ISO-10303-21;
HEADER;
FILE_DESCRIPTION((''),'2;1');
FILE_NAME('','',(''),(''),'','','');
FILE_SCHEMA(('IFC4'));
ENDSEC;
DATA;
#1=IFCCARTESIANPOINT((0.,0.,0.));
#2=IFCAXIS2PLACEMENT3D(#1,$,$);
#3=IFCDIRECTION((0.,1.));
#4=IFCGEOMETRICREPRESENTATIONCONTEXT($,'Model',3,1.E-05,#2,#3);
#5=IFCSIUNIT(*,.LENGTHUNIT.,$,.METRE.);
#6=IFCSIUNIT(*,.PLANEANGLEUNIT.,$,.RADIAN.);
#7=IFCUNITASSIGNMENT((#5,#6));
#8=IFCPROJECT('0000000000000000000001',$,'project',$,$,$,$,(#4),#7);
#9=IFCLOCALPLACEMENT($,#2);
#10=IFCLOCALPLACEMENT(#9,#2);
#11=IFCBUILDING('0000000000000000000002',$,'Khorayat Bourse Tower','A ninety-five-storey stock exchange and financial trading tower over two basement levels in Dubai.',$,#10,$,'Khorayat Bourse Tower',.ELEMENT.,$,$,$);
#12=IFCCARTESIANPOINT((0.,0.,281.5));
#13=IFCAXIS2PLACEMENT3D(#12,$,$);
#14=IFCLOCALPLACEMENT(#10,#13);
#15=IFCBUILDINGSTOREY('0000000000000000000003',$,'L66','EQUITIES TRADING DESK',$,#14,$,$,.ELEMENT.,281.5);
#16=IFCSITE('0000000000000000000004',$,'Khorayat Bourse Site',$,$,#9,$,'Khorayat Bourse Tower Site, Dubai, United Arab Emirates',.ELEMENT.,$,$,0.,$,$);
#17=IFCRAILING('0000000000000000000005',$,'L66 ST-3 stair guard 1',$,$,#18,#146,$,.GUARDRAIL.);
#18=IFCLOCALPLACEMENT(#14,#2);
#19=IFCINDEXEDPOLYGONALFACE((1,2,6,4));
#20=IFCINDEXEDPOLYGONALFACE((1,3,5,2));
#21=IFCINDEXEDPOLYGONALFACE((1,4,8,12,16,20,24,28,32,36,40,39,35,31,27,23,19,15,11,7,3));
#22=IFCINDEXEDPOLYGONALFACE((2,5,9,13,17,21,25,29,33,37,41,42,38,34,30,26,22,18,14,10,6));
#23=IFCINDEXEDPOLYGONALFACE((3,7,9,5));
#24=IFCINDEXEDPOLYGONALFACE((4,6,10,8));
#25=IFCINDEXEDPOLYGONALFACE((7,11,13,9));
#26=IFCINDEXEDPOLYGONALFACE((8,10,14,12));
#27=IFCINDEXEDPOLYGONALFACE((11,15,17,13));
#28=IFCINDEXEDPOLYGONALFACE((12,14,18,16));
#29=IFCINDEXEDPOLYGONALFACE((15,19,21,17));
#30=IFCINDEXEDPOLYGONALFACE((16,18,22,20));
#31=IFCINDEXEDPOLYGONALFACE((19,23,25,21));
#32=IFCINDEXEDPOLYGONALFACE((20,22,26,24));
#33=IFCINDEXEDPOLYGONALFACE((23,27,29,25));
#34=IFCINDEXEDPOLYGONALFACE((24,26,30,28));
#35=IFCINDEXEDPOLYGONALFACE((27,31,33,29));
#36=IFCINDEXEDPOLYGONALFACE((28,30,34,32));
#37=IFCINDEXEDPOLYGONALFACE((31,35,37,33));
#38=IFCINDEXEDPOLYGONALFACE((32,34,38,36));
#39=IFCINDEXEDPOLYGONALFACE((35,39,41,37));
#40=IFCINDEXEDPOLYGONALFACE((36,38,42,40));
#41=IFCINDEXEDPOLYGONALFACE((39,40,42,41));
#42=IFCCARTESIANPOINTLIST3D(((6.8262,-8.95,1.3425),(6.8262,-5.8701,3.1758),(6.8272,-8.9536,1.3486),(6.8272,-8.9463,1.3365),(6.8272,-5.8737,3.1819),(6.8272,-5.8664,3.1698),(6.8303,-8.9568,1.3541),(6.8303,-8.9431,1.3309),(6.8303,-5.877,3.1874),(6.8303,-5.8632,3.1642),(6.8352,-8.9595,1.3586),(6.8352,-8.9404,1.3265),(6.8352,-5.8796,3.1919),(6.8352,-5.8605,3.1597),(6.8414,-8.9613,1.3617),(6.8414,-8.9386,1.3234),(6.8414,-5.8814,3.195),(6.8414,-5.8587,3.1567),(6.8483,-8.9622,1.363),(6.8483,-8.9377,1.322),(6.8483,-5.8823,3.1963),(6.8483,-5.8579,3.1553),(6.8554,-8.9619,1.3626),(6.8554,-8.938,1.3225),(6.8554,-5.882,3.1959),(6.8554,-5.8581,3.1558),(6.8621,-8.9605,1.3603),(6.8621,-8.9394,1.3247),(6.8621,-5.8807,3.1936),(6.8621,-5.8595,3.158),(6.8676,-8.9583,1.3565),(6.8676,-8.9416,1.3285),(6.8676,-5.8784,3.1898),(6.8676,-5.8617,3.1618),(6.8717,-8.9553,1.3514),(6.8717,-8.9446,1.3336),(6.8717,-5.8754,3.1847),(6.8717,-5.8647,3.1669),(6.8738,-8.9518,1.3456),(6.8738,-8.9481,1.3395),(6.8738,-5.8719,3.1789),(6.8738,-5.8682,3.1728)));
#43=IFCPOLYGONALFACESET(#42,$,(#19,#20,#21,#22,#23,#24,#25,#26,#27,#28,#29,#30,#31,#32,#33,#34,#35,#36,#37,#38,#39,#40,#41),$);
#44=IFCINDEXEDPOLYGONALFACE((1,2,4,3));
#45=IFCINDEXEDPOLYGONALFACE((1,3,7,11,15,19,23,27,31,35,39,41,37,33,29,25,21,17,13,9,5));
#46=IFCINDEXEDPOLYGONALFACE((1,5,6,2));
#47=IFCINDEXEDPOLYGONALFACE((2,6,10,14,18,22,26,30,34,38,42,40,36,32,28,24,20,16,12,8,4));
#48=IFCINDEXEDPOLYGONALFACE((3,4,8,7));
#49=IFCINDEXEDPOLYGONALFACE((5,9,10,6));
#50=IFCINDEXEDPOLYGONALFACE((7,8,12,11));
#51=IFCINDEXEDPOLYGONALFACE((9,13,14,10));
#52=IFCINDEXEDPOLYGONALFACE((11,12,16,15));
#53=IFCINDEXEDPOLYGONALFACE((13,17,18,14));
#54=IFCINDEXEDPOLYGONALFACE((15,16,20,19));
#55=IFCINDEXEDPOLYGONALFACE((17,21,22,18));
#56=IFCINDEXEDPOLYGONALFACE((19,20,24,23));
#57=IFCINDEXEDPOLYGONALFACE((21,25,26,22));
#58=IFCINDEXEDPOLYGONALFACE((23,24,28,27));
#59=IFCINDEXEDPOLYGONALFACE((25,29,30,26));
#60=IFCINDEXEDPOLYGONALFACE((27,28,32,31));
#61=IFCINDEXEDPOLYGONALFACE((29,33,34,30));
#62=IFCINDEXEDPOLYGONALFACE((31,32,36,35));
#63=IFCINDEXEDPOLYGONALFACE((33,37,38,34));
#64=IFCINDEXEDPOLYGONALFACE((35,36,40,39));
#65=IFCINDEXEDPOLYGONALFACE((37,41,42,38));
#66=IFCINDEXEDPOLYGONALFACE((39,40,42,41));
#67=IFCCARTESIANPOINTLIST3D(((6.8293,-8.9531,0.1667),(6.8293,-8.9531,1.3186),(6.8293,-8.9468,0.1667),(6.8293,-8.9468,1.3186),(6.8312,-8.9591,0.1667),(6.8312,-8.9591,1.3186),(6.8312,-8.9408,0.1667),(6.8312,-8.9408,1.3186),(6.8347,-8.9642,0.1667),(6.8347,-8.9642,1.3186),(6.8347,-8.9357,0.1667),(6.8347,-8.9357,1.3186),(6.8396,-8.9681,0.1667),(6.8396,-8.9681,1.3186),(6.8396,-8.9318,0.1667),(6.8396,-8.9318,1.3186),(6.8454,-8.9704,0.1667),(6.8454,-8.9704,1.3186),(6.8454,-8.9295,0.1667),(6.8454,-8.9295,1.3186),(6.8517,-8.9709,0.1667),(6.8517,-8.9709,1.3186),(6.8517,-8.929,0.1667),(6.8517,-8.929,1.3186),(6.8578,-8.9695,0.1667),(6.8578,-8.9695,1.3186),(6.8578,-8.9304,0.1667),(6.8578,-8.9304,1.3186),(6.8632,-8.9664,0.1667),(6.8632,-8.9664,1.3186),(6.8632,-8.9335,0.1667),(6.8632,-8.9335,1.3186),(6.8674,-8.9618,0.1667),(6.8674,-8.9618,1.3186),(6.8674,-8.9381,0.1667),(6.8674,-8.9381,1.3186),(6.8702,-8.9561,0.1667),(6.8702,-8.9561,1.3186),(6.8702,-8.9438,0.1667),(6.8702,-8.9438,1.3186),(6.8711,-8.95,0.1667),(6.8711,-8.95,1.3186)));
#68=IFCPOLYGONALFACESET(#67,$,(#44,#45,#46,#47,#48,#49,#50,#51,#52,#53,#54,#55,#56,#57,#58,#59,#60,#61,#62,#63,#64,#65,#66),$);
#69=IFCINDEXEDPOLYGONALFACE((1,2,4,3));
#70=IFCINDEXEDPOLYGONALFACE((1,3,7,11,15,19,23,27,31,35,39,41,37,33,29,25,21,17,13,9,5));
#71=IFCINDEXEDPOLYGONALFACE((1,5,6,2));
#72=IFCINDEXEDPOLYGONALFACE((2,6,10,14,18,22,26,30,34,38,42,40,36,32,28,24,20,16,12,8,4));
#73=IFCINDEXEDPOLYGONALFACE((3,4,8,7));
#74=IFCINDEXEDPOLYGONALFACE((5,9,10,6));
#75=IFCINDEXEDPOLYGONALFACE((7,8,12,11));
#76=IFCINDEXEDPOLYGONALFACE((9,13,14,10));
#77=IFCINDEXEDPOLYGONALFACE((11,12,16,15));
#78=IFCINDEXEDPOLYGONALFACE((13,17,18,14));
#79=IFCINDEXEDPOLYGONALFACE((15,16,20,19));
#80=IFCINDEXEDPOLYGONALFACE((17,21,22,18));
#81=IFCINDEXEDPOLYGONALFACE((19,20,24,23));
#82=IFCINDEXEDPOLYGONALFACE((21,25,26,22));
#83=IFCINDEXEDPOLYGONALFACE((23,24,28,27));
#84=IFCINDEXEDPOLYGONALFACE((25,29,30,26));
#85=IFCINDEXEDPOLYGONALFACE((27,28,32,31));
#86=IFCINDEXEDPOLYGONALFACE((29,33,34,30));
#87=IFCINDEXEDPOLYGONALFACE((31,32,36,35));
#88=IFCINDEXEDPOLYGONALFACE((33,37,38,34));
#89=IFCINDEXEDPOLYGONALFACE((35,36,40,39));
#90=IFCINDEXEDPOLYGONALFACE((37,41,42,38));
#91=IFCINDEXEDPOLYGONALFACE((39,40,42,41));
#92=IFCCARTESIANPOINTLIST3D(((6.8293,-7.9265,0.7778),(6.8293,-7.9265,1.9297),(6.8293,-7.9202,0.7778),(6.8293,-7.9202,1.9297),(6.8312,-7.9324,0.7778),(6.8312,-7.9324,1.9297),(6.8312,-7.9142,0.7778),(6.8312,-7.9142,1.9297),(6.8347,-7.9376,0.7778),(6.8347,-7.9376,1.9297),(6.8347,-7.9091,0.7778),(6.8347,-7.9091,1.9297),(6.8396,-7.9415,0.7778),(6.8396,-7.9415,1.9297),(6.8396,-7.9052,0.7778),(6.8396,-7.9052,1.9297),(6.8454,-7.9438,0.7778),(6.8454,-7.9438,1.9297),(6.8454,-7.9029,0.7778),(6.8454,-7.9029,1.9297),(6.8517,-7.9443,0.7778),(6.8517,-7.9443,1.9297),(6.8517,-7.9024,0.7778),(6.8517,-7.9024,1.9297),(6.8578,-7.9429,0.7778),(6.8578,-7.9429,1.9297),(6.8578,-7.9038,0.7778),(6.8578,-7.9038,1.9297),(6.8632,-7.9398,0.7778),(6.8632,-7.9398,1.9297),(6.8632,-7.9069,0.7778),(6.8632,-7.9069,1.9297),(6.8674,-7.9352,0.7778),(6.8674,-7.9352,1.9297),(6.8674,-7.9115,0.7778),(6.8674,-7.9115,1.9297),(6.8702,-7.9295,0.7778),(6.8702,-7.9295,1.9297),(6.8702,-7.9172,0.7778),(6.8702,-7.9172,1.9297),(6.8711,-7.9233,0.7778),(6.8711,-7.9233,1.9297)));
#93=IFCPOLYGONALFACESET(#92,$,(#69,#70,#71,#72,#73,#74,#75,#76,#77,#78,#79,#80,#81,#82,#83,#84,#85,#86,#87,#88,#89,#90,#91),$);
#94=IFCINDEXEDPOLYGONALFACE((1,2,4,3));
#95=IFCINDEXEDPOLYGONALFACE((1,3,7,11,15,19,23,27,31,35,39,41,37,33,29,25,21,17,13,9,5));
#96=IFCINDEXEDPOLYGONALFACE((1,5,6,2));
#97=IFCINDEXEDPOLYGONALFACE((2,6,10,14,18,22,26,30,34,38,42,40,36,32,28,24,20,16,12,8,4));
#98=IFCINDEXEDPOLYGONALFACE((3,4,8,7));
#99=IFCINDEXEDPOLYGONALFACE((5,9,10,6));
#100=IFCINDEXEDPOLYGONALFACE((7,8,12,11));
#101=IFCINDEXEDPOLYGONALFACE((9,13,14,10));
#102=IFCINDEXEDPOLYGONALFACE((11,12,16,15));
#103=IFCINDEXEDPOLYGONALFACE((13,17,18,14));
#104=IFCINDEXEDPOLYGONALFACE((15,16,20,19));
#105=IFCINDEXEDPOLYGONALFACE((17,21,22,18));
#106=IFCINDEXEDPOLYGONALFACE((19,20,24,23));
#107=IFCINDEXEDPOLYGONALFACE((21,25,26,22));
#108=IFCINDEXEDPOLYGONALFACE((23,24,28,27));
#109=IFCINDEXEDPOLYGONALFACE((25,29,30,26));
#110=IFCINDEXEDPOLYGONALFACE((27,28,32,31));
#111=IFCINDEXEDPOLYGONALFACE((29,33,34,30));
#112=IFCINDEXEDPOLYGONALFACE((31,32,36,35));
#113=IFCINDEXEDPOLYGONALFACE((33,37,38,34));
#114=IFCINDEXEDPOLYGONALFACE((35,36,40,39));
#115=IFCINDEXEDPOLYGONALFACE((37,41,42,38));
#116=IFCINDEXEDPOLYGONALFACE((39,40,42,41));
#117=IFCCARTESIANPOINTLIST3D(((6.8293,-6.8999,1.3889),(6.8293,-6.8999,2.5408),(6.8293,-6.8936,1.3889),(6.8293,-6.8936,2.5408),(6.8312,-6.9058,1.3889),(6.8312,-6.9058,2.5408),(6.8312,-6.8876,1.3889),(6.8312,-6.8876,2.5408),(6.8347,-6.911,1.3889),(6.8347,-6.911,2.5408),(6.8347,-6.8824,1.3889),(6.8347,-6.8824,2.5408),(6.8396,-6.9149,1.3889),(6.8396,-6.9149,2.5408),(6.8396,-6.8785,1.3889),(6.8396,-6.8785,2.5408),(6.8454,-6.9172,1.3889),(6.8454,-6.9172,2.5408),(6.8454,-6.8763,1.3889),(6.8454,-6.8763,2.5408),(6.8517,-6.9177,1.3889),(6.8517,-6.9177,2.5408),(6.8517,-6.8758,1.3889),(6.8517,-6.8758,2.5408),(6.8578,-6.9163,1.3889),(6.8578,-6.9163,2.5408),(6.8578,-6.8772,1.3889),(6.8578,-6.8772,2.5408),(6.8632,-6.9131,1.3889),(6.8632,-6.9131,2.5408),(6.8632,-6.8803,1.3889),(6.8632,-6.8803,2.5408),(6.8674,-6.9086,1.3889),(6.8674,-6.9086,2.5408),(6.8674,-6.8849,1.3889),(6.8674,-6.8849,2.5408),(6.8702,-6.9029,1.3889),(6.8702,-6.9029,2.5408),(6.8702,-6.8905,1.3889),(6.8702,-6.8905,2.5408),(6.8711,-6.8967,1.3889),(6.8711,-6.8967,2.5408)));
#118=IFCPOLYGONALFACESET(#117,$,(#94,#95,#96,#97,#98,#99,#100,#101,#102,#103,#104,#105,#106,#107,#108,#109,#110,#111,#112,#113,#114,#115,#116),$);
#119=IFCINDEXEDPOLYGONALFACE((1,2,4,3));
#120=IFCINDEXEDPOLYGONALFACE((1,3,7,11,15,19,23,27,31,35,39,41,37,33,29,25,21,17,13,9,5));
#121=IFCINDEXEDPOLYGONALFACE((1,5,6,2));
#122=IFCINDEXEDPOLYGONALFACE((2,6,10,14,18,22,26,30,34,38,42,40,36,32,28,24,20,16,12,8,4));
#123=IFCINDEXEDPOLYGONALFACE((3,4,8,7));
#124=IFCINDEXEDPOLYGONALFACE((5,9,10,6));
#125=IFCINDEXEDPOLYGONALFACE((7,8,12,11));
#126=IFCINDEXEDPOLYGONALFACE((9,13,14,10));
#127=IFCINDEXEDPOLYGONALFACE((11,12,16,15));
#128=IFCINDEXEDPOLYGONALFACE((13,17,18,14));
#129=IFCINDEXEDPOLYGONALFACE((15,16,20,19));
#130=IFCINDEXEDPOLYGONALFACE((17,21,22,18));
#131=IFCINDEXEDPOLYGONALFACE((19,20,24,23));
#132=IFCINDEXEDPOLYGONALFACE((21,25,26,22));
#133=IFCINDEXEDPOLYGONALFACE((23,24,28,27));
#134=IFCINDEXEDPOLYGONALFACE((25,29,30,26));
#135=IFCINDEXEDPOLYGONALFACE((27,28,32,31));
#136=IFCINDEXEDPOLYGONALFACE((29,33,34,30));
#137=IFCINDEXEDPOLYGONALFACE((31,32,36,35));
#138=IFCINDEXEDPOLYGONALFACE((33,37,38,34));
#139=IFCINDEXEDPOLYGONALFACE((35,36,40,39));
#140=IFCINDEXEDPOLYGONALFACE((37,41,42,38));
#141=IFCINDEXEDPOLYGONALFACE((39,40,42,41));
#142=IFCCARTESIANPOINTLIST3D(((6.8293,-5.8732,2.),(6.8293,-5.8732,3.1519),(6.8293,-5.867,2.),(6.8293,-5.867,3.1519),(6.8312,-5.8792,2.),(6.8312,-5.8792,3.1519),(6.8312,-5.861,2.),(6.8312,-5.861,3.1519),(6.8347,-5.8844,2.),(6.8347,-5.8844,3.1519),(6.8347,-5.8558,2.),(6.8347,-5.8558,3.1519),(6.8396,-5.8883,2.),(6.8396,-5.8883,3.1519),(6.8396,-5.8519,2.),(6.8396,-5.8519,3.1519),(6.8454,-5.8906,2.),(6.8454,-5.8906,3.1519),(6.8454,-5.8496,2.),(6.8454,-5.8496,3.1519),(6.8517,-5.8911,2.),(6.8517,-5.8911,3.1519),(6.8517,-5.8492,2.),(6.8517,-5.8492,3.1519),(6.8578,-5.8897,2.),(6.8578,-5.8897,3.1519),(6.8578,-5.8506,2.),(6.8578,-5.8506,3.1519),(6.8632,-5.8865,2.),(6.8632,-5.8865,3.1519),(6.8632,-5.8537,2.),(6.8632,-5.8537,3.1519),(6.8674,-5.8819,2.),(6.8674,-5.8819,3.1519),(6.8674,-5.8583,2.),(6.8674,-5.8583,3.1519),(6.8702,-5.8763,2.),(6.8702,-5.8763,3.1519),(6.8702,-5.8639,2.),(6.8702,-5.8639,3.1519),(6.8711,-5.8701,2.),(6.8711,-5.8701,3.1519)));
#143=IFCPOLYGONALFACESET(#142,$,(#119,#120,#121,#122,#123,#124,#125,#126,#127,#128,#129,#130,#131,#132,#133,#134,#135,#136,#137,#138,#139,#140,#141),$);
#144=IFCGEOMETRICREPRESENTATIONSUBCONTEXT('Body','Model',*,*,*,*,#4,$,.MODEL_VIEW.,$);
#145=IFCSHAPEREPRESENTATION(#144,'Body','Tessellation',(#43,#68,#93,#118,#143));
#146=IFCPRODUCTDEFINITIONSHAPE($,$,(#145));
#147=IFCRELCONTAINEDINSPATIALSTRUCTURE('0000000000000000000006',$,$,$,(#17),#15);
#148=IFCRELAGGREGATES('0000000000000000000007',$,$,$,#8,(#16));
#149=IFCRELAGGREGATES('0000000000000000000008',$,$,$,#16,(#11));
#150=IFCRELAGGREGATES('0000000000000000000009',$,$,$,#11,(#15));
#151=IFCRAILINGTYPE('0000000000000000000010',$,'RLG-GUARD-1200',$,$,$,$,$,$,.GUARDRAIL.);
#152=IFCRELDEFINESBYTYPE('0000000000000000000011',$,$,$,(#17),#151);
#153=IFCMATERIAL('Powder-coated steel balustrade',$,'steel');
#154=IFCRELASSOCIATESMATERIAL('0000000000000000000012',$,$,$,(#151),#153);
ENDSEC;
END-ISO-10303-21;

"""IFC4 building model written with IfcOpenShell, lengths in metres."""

from ifc_helpers import new_model, si_unit, direction, frame, origin, origin_2d, place, context, subcontext, project, spatial, circle, extrude, source, transform, mapped, material, type_object, element, save


model = new_model("IFC4")

# Units and contexts
model_context = context("Model", 3, precision=1e-05, world=origin(), true_north=direction((0.0, 1.0)))
body_context = subcontext(model_context, "Body", "Model", "MODEL_VIEW")
ifc_project = project(units=[si_unit("LENGTHUNIT", "METRE"), si_unit("PLANEANGLEUNIT", "RADIAN")], contexts=[model_context])

# Site, building, storey
site_placement = place(None, origin())
site = spatial("IfcSite", under=ifc_project, at=site_placement, Name="Khorayat Bourse Site", LongName="Khorayat Bourse Tower Site, Dubai, United Arab Emirates", CompositionType="ELEMENT", RefElevation=0.0)
building_placement = place(site_placement, origin())
building = spatial("IfcBuilding", under=site, at=building_placement, Name="Khorayat Bourse Tower", Description="A ninety-five-storey stock exchange and financial trading tower over two basement levels in Dubai.", LongName="Khorayat Bourse Tower", CompositionType="ELEMENT")
storey_placement = place(building_placement, frame((0.0, 0.0, 281.5)))
storey = spatial("IfcBuildingStorey", under=building, at=storey_placement, Name="L66", Description="EQUITIES TRADING DESK", CompositionType="ELEMENT", Elevation=281.5)

# Railing
ifc_material_1 = material(Name="Powder-coated steel balustrade", Category="steel")
railing_type_1 = type_object("IfcRailingType", Name="RLG-GUARD-1200", PredefinedType="GUARDRAIL", material=ifc_material_1)
shared_shape_1 = source(origin(), body_context, "Body", "SweptSolid", [
    extrude(circle(Radius=0.0239, at=origin_2d()), frame((0.0, 0.0, 1.1758), z_axis=(0.0, 0.859291, 0.511487), x_axis=(-1.0, 0.0, 0.0)), (0.0, 0.0, 1.0), 3.5842),
    extrude(circle(Radius=0.021, at=origin_2d()), origin(), (0.0, 0.0, 1.0), 1.1519),
    extrude(circle(Radius=0.021, at=origin_2d()), frame((0.0, 1.0266, 0.6111)), (0.0, 0.0, 1.0), 1.1519),
    extrude(circle(Radius=0.021, at=origin_2d()), frame((0.0, 2.0532, 1.2222)), (0.0, 0.0, 1.0), 1.1519),
    extrude(circle(Radius=0.021, at=origin_2d()), frame((0.0, 3.0798, 1.8333)), (0.0, 0.0, 1.0), 1.1519),
])
railing_1_placement = place(storey_placement, frame((6.8501, -8.95, 0.1667)))
element("IfcRailing", 1, at=railing_1_placement, inside=storey, type_object=railing_type_1, Name="L66 ST-3 stair guard 1", PredefinedType="GUARDRAIL", context=body_context, shape_type="MappedRepresentation", body=[
    mapped(shared_shape_1, transform((0.0, 0.0, 0.0), scale=1.0)),
])

save(model, "model.ifc")
